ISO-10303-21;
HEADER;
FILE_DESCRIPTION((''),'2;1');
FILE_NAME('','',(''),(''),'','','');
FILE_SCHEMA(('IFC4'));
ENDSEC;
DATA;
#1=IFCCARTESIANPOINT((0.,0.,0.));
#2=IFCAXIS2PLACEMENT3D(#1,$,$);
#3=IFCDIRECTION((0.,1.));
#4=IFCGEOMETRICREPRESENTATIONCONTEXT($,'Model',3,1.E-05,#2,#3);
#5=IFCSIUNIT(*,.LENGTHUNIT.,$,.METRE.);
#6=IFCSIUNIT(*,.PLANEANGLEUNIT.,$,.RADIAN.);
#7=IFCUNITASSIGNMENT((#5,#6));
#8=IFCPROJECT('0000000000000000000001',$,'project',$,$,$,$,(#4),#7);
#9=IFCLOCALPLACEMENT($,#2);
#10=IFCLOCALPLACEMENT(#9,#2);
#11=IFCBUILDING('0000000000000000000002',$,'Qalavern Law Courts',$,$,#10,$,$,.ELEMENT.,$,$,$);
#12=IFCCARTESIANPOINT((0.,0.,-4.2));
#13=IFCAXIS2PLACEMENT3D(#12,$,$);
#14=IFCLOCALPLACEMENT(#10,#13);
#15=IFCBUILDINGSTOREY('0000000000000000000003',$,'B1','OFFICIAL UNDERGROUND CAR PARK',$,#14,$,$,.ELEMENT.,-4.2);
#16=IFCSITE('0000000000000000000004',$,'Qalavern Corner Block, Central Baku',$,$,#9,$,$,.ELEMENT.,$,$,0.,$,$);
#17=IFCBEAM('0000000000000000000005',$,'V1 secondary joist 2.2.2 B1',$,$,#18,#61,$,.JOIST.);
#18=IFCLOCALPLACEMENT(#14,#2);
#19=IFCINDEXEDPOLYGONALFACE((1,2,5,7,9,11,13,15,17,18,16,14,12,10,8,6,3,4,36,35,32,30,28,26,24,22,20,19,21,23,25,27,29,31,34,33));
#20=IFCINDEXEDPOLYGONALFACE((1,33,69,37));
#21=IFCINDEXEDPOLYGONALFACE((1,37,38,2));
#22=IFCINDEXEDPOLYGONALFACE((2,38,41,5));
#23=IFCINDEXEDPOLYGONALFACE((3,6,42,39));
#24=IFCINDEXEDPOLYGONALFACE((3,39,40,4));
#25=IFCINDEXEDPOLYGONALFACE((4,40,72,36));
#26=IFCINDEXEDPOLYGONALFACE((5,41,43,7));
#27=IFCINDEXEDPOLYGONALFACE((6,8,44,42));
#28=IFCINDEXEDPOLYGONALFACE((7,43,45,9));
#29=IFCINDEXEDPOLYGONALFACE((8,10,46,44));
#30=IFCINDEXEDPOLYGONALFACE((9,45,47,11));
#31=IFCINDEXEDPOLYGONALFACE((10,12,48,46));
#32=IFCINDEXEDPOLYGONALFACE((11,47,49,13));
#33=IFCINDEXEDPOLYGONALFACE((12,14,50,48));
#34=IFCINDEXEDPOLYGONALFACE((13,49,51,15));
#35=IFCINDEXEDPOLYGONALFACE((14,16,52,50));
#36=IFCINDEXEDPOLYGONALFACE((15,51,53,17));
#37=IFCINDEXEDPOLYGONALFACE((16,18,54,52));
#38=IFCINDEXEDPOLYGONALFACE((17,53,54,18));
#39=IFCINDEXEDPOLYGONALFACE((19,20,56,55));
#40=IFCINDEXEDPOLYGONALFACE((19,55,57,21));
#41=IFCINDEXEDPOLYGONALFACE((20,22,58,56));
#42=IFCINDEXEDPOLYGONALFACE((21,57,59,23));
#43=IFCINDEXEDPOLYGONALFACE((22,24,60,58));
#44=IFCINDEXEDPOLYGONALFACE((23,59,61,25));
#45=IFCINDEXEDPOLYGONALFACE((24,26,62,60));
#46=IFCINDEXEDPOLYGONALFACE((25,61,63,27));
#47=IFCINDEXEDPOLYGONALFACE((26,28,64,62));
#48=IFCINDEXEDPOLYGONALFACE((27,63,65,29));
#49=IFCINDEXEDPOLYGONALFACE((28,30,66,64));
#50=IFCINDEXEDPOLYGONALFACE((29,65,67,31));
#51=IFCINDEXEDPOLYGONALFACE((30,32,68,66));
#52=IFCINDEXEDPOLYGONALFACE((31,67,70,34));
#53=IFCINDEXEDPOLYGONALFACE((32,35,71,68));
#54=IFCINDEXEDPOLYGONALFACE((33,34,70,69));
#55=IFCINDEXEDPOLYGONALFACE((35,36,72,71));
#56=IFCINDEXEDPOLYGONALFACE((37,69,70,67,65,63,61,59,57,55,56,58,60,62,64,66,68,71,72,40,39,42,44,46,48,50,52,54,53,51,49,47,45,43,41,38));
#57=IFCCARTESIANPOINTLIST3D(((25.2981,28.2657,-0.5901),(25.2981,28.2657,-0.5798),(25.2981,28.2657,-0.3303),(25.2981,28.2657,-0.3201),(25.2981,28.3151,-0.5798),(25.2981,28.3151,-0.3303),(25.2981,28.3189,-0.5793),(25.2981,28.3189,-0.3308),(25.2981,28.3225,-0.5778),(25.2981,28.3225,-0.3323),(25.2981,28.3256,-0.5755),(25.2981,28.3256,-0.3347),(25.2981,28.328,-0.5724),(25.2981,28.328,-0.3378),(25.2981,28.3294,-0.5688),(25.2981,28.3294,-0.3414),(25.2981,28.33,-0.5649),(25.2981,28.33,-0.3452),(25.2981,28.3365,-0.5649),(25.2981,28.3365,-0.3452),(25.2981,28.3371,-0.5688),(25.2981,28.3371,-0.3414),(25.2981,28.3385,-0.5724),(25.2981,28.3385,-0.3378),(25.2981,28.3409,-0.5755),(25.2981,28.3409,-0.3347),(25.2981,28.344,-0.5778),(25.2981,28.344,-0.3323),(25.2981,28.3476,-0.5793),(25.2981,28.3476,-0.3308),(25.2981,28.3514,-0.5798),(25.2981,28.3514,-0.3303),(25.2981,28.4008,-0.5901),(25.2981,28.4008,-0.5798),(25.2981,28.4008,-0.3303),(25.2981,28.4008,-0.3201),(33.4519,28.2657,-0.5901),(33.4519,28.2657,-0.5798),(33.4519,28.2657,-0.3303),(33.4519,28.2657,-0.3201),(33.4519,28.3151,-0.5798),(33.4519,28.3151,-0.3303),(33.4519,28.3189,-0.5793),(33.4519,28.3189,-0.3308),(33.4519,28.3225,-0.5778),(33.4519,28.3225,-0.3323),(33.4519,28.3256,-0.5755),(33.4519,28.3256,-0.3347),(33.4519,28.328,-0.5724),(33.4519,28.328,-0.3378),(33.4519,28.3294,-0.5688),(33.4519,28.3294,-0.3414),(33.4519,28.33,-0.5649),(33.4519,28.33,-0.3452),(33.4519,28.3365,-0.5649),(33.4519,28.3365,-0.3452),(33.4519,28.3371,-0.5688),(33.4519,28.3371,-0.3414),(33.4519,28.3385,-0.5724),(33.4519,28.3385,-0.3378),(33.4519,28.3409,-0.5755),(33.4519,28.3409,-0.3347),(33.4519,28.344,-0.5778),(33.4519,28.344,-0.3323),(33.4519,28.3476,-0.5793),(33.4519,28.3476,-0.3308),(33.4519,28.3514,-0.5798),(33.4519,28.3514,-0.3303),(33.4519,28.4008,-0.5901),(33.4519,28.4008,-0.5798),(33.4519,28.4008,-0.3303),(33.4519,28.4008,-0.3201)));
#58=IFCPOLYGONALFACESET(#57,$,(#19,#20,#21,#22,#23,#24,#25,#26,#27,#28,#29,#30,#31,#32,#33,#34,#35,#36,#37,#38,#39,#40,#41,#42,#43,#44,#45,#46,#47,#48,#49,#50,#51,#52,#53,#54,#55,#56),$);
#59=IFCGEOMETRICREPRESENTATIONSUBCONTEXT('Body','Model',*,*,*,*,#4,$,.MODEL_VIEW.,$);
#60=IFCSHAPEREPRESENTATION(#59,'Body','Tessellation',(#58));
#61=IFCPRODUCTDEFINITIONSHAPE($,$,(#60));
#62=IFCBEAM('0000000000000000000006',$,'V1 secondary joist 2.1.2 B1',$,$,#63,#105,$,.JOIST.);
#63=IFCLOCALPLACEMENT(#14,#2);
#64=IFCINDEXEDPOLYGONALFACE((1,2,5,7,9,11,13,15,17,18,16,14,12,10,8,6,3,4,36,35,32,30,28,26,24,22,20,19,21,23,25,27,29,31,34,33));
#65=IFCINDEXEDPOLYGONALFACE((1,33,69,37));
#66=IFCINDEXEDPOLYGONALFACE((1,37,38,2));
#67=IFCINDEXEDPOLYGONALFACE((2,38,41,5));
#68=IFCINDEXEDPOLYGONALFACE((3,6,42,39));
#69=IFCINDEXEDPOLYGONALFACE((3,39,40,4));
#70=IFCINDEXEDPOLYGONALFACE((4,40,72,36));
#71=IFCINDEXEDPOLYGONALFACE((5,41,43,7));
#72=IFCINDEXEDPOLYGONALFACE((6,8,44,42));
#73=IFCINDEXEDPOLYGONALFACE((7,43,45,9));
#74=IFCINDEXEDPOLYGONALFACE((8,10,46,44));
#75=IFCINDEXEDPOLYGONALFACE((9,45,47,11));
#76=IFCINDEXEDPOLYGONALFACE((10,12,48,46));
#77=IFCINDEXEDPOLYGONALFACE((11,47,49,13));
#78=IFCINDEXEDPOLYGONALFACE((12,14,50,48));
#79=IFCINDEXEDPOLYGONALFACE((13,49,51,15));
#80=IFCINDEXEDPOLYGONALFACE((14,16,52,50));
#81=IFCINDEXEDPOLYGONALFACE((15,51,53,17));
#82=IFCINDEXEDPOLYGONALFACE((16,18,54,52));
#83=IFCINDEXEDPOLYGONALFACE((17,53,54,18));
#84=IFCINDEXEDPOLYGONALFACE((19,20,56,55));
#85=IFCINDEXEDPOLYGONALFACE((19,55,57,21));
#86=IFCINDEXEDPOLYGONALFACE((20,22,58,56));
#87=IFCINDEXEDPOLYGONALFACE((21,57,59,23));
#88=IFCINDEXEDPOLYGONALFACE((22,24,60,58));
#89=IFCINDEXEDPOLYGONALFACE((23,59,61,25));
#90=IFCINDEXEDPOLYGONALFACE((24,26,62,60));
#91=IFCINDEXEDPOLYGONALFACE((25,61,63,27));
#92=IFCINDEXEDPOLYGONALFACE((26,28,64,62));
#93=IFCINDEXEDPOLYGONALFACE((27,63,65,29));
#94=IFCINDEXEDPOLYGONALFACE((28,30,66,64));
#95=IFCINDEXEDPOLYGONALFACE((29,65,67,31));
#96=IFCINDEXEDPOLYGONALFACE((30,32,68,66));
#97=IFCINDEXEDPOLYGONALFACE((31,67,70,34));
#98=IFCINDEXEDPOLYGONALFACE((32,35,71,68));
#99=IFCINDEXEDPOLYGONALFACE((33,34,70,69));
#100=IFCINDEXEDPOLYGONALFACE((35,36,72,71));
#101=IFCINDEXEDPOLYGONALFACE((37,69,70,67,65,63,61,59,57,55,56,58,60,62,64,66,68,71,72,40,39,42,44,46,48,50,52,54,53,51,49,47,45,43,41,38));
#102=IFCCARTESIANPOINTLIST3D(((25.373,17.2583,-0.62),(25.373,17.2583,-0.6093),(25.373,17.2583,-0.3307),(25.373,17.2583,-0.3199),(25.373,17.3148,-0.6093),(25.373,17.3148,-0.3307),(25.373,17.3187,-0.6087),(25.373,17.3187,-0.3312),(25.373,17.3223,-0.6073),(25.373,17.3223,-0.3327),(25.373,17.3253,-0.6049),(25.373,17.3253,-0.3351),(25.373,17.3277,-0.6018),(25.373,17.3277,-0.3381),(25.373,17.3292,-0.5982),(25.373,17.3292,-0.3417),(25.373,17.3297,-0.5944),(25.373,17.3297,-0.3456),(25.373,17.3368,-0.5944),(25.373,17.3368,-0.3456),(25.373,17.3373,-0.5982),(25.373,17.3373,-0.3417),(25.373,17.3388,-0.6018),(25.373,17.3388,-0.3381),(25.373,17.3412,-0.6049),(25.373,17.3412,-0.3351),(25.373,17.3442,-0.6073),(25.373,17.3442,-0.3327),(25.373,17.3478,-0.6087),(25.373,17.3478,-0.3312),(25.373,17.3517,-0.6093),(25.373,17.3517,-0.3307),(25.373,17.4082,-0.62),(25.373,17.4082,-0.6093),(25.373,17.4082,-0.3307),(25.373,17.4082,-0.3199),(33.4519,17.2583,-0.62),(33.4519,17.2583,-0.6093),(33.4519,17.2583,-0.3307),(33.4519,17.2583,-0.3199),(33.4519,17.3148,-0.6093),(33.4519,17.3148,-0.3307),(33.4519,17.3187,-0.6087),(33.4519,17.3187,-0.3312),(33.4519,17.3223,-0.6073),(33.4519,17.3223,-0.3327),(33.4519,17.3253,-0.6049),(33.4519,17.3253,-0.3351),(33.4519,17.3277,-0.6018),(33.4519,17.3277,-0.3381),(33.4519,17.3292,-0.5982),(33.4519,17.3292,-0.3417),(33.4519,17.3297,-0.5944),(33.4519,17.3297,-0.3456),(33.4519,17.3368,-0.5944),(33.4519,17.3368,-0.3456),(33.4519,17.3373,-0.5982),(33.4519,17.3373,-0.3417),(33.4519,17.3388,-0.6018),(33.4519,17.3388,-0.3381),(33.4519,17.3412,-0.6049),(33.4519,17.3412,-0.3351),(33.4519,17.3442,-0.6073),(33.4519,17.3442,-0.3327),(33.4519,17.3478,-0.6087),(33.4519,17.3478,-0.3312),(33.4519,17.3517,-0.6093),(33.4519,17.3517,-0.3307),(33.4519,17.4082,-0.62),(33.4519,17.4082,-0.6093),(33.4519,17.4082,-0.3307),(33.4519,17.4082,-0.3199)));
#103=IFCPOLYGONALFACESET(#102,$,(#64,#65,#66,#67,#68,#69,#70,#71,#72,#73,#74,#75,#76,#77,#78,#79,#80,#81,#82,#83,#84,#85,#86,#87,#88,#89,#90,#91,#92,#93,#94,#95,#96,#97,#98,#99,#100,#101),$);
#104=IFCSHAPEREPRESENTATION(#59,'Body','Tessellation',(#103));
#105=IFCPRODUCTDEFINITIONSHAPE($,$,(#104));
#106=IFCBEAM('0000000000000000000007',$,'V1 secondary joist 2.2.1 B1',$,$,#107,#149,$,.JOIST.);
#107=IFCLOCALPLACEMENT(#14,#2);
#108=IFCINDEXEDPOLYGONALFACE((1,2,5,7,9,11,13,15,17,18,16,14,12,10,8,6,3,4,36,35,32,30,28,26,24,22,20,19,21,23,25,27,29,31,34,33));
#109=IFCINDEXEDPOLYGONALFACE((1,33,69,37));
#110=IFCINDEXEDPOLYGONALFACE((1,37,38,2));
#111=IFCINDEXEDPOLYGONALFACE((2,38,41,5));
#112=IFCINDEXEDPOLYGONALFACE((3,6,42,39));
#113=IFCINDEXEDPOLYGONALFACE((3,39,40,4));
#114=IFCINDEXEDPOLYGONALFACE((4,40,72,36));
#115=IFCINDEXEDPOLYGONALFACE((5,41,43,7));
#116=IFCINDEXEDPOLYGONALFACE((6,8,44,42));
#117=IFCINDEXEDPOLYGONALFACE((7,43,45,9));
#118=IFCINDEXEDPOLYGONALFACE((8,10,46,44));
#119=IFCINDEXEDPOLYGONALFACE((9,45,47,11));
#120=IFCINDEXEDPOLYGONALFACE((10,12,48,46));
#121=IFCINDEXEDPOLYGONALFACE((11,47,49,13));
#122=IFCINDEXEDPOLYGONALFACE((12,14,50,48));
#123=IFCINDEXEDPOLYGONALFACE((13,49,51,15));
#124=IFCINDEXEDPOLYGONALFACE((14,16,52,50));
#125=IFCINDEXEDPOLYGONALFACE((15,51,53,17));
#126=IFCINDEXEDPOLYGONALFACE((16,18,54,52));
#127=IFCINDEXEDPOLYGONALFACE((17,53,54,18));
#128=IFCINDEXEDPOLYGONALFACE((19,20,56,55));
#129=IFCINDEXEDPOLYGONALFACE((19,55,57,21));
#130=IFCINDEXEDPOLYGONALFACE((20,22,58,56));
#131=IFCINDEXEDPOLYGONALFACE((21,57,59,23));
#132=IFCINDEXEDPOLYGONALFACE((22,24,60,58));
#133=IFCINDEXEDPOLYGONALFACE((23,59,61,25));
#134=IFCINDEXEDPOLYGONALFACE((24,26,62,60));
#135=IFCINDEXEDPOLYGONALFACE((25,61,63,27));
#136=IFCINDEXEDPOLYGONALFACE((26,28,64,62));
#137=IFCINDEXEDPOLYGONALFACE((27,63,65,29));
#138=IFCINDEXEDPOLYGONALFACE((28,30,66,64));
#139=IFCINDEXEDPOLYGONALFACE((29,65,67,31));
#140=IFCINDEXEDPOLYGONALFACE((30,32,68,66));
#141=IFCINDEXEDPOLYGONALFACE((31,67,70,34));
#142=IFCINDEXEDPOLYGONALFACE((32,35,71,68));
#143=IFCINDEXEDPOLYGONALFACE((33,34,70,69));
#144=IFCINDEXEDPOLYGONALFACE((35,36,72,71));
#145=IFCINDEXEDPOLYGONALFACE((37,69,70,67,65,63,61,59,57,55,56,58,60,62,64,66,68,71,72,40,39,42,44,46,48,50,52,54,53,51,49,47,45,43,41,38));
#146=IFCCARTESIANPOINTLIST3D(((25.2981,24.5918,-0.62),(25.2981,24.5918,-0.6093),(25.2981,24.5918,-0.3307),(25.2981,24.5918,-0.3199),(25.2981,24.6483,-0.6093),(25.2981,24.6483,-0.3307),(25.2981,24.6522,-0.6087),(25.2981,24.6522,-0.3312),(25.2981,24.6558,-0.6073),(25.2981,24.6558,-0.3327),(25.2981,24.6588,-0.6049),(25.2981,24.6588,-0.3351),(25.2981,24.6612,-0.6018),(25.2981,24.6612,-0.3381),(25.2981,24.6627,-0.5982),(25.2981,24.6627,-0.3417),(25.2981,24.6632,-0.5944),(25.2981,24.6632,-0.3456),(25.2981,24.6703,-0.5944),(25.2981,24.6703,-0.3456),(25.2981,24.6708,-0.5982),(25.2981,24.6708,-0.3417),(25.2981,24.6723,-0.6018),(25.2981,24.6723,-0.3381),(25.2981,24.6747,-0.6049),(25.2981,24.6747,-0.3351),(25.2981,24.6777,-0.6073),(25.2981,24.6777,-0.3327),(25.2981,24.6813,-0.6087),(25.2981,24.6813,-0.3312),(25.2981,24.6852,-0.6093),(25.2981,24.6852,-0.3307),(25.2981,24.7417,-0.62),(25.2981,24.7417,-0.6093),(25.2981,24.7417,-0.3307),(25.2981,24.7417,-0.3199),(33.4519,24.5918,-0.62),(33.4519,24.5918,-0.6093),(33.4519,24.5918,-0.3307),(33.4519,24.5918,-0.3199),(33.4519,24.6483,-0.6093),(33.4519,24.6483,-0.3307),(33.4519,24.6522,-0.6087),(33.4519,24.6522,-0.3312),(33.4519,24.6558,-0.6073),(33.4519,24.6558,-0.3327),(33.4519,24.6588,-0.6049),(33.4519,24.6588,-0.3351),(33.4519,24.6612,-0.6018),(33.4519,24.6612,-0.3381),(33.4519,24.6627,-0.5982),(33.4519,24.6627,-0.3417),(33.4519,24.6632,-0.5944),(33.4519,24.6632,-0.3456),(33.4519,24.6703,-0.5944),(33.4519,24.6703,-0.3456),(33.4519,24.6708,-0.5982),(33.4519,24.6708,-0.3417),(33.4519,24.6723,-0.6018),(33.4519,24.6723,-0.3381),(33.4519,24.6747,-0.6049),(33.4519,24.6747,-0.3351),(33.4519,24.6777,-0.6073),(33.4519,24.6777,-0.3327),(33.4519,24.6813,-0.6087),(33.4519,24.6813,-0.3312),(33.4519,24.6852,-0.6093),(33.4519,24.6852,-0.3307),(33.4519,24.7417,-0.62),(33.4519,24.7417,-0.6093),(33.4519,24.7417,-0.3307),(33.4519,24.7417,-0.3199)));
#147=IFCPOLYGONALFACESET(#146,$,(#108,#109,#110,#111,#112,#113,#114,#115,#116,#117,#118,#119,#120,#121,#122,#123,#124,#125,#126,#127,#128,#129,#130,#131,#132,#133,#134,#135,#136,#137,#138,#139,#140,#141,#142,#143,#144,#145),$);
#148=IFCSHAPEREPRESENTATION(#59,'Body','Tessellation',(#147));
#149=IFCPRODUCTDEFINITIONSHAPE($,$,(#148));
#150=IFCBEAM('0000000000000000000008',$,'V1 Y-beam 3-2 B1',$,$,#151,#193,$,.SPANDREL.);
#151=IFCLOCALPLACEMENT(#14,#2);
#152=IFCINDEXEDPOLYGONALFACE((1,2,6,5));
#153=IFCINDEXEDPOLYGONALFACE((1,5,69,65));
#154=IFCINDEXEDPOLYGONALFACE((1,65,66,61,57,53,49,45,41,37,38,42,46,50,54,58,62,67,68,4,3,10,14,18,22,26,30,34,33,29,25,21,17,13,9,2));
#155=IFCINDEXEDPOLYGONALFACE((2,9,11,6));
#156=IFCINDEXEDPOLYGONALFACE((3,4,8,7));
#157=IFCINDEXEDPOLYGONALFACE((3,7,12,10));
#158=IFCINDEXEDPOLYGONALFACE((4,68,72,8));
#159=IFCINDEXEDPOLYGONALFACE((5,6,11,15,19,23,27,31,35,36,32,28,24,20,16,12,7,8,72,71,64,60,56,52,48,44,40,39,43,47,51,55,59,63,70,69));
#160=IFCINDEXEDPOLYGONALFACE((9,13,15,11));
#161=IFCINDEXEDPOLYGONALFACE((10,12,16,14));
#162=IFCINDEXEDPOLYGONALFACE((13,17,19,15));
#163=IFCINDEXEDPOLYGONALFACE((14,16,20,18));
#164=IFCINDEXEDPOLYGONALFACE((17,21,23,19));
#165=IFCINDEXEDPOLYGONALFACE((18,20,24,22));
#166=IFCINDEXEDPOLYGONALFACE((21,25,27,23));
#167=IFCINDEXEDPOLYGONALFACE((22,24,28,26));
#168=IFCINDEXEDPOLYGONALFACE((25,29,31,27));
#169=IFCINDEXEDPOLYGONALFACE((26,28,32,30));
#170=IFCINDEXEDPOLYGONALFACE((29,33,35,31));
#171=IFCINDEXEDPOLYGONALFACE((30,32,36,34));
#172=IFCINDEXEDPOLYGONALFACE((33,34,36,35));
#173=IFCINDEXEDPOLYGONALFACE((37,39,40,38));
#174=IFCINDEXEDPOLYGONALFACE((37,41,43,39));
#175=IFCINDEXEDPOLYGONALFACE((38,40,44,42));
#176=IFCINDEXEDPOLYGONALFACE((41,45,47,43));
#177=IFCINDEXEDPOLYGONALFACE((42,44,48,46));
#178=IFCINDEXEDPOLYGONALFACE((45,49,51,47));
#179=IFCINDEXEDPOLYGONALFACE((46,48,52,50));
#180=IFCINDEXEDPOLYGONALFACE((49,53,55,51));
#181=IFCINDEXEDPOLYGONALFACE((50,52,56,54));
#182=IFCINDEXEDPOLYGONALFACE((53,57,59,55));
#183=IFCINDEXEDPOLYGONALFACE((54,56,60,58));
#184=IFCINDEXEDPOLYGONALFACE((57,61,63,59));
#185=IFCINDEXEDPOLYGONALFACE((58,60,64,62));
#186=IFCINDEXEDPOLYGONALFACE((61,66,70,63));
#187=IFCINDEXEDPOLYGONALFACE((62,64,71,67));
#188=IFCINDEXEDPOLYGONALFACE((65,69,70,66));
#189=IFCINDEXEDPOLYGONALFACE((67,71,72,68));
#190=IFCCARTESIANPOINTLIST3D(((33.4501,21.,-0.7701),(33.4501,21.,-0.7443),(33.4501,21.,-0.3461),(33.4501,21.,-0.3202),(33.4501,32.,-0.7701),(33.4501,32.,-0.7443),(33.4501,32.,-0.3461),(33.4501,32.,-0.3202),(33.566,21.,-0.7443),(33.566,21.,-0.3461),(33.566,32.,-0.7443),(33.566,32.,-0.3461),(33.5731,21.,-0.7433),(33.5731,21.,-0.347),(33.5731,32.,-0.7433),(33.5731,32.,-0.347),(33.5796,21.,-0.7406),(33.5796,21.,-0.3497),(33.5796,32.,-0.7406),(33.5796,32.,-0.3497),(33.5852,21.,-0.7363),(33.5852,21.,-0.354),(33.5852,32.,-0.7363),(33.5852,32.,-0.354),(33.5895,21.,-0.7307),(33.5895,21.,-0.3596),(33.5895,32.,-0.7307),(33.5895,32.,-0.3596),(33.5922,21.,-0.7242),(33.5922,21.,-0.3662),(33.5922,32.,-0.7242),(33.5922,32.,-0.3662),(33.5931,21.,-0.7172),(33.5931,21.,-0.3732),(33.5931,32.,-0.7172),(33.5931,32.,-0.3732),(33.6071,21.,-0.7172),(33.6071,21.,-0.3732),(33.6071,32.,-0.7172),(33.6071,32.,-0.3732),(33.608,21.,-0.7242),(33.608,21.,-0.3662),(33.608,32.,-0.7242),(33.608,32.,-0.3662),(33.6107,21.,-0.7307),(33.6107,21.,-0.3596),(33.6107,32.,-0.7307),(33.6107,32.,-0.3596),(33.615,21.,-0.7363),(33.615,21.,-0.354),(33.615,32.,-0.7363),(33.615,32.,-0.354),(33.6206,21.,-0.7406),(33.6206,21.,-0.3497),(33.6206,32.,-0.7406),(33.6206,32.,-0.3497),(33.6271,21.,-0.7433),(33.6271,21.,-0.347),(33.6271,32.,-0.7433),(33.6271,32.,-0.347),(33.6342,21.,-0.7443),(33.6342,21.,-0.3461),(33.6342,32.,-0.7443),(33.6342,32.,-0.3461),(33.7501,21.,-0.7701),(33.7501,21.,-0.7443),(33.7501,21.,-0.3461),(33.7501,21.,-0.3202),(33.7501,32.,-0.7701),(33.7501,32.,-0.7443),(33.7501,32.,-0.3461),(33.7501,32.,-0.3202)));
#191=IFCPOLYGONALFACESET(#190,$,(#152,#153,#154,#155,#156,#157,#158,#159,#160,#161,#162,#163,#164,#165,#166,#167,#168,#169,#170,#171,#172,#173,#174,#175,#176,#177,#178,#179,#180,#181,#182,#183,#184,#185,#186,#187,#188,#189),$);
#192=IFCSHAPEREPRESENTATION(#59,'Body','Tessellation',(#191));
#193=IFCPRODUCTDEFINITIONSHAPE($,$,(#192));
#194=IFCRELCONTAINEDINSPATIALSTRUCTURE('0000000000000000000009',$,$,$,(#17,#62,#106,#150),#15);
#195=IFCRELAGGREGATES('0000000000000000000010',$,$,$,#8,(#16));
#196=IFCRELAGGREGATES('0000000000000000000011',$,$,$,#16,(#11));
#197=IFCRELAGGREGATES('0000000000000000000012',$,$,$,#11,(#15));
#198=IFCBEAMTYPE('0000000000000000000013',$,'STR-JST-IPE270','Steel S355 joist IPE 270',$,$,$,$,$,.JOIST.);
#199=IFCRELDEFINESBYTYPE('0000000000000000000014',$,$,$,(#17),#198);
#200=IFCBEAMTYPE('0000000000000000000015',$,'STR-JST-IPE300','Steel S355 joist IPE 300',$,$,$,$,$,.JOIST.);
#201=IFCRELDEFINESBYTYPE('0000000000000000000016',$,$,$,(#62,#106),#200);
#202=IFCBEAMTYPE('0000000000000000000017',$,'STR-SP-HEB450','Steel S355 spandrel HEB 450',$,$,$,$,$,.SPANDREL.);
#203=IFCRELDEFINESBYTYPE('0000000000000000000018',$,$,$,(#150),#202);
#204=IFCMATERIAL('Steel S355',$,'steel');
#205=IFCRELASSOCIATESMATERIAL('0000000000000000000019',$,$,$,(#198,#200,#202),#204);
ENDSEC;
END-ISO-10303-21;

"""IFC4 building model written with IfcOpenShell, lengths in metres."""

from ifc_helpers import new_model, si_unit, direction, frame, origin, origin_2d, place, context, subcontext, project, spatial, i_section, extrude, material, material_profile, profile_set, type_object, element, save


model = new_model("IFC4")

# Units and contexts
model_context = context("Model", 3, precision=1e-05, world=origin(), true_north=direction((0.0, 1.0)))
body_context = subcontext(model_context, "Body", "Model", "MODEL_VIEW")
ifc_project = project(units=[si_unit("LENGTHUNIT", "METRE"), si_unit("PLANEANGLEUNIT", "RADIAN")], contexts=[model_context])

# Site, building, storey
site_placement = place(None, origin())
site = spatial("IfcSite", under=ifc_project, at=site_placement, Name="Qalavern Corner Block, Central Baku", CompositionType="ELEMENT", RefElevation=0.0)
building_placement = place(site_placement, origin())
building = spatial("IfcBuilding", under=site, at=building_placement, Name="Qalavern Law Courts", CompositionType="ELEMENT")
storey_placement = place(building_placement, frame((0.0, 0.0, -4.2)))
storey = spatial("IfcBuildingStorey", under=building, at=storey_placement, Name="B1", Description="OFFICIAL UNDERGROUND CAR PARK", CompositionType="ELEMENT", Elevation=-4.2)

# Beams
ifc_material_1 = material(Name="Steel S355", Category="steel")
ifc_material_profile_1 = material_profile(ifc_material_1, i_section(OverallWidth=0.135, OverallDepth=0.27, WebThickness=0.0066, FlangeThickness=0.0103, FilletRadius=0.0149, at=origin_2d()), Name="IPE 270")
ifc_profile_set_1 = profile_set([ifc_material_profile_1], Name="Steel S355")
beam_type_1 = type_object("IfcBeamType", Name="STR-JST-IPE270", Description="Steel S355 joist IPE 270", PredefinedType="JOIST", material=ifc_profile_set_1)
beam_1_placement = place(storey_placement, frame((25.2981, 28.3333, -0.4551), z_axis=(1.0, 0.0, 0.0), x_axis=(0.0, 1.0, 0.0)))
element("IfcBeam", 1, at=beam_1_placement, inside=storey, type_object=beam_type_1, Name="V1 secondary joist 2.2.2 B1", PredefinedType="JOIST", context=body_context, shape_type="SweptSolid", body=[
    extrude(i_section(OverallWidth=0.135, OverallDepth=0.27, WebThickness=0.0066, FlangeThickness=0.0103, FilletRadius=0.0149, at=origin_2d()), origin(), (0.0, 0.0, 1.0), 8.1538),
])
ifc_material_profile_2 = material_profile(ifc_material_1, i_section(OverallWidth=0.1499, OverallDepth=0.3, WebThickness=0.0071, FlangeThickness=0.0107, FilletRadius=0.0149, at=origin_2d()), Name="IPE 300")
ifc_profile_set_2 = profile_set([ifc_material_profile_2], Name="Steel S355")
beam_type_2 = type_object("IfcBeamType", Name="STR-JST-IPE300", Description="Steel S355 joist IPE 300", PredefinedType="JOIST", material=ifc_profile_set_2)
beam_2_placement = place(storey_placement, frame((25.373, 17.3333, -0.47), z_axis=(1.0, 0.0, 0.0), x_axis=(0.0, 1.0, 0.0)))
element("IfcBeam", 2, at=beam_2_placement, inside=storey, type_object=beam_type_2, Name="V1 secondary joist 2.1.2 B1", PredefinedType="JOIST", context=body_context, shape_type="SweptSolid", body=[
    extrude(i_section(OverallWidth=0.1499, OverallDepth=0.3, WebThickness=0.0071, FlangeThickness=0.0107, FilletRadius=0.0149, at=origin_2d()), origin(), (0.0, 0.0, 1.0), 8.0789),
])
beam_3_placement = place(storey_placement, frame((25.2981, 24.6667, -0.47), z_axis=(1.0, 0.0, 0.0), x_axis=(0.0, 1.0, 0.0)))
element("IfcBeam", 3, at=beam_3_placement, inside=storey, type_object=beam_type_2, Name="V1 secondary joist 2.2.1 B1", PredefinedType="JOIST", context=body_context, shape_type="SweptSolid", body=[
    extrude(i_section(OverallWidth=0.1499, OverallDepth=0.3, WebThickness=0.0071, FlangeThickness=0.0107, FilletRadius=0.0149, at=origin_2d()), origin(), (0.0, 0.0, 1.0), 8.1538),
])
ifc_material_profile_3 = material_profile(ifc_material_1, i_section(OverallWidth=0.3, OverallDepth=0.45, WebThickness=0.0139, FlangeThickness=0.0259, FilletRadius=0.0271, at=origin_2d()), Name="HEB 450")
ifc_profile_set_3 = profile_set([ifc_material_profile_3], Name="Steel S355")
beam_type_3 = type_object("IfcBeamType", Name="STR-SP-HEB450", Description="Steel S355 spandrel HEB 450", PredefinedType="SPANDREL", material=ifc_profile_set_3)
beam_4_placement = place(storey_placement, frame((33.6001, 21.0, -0.5452), z_axis=(0.0, 1.0, 0.0), x_axis=(-1.0, 0.0, 0.0)))
element("IfcBeam", 4, at=beam_4_placement, inside=storey, type_object=beam_type_3, Name="V1 Y-beam 3-2 B1", PredefinedType="SPANDREL", context=body_context, shape_type="SweptSolid", body=[
    extrude(i_section(OverallWidth=0.3, OverallDepth=0.45, WebThickness=0.0139, FlangeThickness=0.0259, FilletRadius=0.0271, at=origin_2d()), origin(), (0.0, 0.0, 1.0), 11.0),
])

save(model, "model.ifc")
